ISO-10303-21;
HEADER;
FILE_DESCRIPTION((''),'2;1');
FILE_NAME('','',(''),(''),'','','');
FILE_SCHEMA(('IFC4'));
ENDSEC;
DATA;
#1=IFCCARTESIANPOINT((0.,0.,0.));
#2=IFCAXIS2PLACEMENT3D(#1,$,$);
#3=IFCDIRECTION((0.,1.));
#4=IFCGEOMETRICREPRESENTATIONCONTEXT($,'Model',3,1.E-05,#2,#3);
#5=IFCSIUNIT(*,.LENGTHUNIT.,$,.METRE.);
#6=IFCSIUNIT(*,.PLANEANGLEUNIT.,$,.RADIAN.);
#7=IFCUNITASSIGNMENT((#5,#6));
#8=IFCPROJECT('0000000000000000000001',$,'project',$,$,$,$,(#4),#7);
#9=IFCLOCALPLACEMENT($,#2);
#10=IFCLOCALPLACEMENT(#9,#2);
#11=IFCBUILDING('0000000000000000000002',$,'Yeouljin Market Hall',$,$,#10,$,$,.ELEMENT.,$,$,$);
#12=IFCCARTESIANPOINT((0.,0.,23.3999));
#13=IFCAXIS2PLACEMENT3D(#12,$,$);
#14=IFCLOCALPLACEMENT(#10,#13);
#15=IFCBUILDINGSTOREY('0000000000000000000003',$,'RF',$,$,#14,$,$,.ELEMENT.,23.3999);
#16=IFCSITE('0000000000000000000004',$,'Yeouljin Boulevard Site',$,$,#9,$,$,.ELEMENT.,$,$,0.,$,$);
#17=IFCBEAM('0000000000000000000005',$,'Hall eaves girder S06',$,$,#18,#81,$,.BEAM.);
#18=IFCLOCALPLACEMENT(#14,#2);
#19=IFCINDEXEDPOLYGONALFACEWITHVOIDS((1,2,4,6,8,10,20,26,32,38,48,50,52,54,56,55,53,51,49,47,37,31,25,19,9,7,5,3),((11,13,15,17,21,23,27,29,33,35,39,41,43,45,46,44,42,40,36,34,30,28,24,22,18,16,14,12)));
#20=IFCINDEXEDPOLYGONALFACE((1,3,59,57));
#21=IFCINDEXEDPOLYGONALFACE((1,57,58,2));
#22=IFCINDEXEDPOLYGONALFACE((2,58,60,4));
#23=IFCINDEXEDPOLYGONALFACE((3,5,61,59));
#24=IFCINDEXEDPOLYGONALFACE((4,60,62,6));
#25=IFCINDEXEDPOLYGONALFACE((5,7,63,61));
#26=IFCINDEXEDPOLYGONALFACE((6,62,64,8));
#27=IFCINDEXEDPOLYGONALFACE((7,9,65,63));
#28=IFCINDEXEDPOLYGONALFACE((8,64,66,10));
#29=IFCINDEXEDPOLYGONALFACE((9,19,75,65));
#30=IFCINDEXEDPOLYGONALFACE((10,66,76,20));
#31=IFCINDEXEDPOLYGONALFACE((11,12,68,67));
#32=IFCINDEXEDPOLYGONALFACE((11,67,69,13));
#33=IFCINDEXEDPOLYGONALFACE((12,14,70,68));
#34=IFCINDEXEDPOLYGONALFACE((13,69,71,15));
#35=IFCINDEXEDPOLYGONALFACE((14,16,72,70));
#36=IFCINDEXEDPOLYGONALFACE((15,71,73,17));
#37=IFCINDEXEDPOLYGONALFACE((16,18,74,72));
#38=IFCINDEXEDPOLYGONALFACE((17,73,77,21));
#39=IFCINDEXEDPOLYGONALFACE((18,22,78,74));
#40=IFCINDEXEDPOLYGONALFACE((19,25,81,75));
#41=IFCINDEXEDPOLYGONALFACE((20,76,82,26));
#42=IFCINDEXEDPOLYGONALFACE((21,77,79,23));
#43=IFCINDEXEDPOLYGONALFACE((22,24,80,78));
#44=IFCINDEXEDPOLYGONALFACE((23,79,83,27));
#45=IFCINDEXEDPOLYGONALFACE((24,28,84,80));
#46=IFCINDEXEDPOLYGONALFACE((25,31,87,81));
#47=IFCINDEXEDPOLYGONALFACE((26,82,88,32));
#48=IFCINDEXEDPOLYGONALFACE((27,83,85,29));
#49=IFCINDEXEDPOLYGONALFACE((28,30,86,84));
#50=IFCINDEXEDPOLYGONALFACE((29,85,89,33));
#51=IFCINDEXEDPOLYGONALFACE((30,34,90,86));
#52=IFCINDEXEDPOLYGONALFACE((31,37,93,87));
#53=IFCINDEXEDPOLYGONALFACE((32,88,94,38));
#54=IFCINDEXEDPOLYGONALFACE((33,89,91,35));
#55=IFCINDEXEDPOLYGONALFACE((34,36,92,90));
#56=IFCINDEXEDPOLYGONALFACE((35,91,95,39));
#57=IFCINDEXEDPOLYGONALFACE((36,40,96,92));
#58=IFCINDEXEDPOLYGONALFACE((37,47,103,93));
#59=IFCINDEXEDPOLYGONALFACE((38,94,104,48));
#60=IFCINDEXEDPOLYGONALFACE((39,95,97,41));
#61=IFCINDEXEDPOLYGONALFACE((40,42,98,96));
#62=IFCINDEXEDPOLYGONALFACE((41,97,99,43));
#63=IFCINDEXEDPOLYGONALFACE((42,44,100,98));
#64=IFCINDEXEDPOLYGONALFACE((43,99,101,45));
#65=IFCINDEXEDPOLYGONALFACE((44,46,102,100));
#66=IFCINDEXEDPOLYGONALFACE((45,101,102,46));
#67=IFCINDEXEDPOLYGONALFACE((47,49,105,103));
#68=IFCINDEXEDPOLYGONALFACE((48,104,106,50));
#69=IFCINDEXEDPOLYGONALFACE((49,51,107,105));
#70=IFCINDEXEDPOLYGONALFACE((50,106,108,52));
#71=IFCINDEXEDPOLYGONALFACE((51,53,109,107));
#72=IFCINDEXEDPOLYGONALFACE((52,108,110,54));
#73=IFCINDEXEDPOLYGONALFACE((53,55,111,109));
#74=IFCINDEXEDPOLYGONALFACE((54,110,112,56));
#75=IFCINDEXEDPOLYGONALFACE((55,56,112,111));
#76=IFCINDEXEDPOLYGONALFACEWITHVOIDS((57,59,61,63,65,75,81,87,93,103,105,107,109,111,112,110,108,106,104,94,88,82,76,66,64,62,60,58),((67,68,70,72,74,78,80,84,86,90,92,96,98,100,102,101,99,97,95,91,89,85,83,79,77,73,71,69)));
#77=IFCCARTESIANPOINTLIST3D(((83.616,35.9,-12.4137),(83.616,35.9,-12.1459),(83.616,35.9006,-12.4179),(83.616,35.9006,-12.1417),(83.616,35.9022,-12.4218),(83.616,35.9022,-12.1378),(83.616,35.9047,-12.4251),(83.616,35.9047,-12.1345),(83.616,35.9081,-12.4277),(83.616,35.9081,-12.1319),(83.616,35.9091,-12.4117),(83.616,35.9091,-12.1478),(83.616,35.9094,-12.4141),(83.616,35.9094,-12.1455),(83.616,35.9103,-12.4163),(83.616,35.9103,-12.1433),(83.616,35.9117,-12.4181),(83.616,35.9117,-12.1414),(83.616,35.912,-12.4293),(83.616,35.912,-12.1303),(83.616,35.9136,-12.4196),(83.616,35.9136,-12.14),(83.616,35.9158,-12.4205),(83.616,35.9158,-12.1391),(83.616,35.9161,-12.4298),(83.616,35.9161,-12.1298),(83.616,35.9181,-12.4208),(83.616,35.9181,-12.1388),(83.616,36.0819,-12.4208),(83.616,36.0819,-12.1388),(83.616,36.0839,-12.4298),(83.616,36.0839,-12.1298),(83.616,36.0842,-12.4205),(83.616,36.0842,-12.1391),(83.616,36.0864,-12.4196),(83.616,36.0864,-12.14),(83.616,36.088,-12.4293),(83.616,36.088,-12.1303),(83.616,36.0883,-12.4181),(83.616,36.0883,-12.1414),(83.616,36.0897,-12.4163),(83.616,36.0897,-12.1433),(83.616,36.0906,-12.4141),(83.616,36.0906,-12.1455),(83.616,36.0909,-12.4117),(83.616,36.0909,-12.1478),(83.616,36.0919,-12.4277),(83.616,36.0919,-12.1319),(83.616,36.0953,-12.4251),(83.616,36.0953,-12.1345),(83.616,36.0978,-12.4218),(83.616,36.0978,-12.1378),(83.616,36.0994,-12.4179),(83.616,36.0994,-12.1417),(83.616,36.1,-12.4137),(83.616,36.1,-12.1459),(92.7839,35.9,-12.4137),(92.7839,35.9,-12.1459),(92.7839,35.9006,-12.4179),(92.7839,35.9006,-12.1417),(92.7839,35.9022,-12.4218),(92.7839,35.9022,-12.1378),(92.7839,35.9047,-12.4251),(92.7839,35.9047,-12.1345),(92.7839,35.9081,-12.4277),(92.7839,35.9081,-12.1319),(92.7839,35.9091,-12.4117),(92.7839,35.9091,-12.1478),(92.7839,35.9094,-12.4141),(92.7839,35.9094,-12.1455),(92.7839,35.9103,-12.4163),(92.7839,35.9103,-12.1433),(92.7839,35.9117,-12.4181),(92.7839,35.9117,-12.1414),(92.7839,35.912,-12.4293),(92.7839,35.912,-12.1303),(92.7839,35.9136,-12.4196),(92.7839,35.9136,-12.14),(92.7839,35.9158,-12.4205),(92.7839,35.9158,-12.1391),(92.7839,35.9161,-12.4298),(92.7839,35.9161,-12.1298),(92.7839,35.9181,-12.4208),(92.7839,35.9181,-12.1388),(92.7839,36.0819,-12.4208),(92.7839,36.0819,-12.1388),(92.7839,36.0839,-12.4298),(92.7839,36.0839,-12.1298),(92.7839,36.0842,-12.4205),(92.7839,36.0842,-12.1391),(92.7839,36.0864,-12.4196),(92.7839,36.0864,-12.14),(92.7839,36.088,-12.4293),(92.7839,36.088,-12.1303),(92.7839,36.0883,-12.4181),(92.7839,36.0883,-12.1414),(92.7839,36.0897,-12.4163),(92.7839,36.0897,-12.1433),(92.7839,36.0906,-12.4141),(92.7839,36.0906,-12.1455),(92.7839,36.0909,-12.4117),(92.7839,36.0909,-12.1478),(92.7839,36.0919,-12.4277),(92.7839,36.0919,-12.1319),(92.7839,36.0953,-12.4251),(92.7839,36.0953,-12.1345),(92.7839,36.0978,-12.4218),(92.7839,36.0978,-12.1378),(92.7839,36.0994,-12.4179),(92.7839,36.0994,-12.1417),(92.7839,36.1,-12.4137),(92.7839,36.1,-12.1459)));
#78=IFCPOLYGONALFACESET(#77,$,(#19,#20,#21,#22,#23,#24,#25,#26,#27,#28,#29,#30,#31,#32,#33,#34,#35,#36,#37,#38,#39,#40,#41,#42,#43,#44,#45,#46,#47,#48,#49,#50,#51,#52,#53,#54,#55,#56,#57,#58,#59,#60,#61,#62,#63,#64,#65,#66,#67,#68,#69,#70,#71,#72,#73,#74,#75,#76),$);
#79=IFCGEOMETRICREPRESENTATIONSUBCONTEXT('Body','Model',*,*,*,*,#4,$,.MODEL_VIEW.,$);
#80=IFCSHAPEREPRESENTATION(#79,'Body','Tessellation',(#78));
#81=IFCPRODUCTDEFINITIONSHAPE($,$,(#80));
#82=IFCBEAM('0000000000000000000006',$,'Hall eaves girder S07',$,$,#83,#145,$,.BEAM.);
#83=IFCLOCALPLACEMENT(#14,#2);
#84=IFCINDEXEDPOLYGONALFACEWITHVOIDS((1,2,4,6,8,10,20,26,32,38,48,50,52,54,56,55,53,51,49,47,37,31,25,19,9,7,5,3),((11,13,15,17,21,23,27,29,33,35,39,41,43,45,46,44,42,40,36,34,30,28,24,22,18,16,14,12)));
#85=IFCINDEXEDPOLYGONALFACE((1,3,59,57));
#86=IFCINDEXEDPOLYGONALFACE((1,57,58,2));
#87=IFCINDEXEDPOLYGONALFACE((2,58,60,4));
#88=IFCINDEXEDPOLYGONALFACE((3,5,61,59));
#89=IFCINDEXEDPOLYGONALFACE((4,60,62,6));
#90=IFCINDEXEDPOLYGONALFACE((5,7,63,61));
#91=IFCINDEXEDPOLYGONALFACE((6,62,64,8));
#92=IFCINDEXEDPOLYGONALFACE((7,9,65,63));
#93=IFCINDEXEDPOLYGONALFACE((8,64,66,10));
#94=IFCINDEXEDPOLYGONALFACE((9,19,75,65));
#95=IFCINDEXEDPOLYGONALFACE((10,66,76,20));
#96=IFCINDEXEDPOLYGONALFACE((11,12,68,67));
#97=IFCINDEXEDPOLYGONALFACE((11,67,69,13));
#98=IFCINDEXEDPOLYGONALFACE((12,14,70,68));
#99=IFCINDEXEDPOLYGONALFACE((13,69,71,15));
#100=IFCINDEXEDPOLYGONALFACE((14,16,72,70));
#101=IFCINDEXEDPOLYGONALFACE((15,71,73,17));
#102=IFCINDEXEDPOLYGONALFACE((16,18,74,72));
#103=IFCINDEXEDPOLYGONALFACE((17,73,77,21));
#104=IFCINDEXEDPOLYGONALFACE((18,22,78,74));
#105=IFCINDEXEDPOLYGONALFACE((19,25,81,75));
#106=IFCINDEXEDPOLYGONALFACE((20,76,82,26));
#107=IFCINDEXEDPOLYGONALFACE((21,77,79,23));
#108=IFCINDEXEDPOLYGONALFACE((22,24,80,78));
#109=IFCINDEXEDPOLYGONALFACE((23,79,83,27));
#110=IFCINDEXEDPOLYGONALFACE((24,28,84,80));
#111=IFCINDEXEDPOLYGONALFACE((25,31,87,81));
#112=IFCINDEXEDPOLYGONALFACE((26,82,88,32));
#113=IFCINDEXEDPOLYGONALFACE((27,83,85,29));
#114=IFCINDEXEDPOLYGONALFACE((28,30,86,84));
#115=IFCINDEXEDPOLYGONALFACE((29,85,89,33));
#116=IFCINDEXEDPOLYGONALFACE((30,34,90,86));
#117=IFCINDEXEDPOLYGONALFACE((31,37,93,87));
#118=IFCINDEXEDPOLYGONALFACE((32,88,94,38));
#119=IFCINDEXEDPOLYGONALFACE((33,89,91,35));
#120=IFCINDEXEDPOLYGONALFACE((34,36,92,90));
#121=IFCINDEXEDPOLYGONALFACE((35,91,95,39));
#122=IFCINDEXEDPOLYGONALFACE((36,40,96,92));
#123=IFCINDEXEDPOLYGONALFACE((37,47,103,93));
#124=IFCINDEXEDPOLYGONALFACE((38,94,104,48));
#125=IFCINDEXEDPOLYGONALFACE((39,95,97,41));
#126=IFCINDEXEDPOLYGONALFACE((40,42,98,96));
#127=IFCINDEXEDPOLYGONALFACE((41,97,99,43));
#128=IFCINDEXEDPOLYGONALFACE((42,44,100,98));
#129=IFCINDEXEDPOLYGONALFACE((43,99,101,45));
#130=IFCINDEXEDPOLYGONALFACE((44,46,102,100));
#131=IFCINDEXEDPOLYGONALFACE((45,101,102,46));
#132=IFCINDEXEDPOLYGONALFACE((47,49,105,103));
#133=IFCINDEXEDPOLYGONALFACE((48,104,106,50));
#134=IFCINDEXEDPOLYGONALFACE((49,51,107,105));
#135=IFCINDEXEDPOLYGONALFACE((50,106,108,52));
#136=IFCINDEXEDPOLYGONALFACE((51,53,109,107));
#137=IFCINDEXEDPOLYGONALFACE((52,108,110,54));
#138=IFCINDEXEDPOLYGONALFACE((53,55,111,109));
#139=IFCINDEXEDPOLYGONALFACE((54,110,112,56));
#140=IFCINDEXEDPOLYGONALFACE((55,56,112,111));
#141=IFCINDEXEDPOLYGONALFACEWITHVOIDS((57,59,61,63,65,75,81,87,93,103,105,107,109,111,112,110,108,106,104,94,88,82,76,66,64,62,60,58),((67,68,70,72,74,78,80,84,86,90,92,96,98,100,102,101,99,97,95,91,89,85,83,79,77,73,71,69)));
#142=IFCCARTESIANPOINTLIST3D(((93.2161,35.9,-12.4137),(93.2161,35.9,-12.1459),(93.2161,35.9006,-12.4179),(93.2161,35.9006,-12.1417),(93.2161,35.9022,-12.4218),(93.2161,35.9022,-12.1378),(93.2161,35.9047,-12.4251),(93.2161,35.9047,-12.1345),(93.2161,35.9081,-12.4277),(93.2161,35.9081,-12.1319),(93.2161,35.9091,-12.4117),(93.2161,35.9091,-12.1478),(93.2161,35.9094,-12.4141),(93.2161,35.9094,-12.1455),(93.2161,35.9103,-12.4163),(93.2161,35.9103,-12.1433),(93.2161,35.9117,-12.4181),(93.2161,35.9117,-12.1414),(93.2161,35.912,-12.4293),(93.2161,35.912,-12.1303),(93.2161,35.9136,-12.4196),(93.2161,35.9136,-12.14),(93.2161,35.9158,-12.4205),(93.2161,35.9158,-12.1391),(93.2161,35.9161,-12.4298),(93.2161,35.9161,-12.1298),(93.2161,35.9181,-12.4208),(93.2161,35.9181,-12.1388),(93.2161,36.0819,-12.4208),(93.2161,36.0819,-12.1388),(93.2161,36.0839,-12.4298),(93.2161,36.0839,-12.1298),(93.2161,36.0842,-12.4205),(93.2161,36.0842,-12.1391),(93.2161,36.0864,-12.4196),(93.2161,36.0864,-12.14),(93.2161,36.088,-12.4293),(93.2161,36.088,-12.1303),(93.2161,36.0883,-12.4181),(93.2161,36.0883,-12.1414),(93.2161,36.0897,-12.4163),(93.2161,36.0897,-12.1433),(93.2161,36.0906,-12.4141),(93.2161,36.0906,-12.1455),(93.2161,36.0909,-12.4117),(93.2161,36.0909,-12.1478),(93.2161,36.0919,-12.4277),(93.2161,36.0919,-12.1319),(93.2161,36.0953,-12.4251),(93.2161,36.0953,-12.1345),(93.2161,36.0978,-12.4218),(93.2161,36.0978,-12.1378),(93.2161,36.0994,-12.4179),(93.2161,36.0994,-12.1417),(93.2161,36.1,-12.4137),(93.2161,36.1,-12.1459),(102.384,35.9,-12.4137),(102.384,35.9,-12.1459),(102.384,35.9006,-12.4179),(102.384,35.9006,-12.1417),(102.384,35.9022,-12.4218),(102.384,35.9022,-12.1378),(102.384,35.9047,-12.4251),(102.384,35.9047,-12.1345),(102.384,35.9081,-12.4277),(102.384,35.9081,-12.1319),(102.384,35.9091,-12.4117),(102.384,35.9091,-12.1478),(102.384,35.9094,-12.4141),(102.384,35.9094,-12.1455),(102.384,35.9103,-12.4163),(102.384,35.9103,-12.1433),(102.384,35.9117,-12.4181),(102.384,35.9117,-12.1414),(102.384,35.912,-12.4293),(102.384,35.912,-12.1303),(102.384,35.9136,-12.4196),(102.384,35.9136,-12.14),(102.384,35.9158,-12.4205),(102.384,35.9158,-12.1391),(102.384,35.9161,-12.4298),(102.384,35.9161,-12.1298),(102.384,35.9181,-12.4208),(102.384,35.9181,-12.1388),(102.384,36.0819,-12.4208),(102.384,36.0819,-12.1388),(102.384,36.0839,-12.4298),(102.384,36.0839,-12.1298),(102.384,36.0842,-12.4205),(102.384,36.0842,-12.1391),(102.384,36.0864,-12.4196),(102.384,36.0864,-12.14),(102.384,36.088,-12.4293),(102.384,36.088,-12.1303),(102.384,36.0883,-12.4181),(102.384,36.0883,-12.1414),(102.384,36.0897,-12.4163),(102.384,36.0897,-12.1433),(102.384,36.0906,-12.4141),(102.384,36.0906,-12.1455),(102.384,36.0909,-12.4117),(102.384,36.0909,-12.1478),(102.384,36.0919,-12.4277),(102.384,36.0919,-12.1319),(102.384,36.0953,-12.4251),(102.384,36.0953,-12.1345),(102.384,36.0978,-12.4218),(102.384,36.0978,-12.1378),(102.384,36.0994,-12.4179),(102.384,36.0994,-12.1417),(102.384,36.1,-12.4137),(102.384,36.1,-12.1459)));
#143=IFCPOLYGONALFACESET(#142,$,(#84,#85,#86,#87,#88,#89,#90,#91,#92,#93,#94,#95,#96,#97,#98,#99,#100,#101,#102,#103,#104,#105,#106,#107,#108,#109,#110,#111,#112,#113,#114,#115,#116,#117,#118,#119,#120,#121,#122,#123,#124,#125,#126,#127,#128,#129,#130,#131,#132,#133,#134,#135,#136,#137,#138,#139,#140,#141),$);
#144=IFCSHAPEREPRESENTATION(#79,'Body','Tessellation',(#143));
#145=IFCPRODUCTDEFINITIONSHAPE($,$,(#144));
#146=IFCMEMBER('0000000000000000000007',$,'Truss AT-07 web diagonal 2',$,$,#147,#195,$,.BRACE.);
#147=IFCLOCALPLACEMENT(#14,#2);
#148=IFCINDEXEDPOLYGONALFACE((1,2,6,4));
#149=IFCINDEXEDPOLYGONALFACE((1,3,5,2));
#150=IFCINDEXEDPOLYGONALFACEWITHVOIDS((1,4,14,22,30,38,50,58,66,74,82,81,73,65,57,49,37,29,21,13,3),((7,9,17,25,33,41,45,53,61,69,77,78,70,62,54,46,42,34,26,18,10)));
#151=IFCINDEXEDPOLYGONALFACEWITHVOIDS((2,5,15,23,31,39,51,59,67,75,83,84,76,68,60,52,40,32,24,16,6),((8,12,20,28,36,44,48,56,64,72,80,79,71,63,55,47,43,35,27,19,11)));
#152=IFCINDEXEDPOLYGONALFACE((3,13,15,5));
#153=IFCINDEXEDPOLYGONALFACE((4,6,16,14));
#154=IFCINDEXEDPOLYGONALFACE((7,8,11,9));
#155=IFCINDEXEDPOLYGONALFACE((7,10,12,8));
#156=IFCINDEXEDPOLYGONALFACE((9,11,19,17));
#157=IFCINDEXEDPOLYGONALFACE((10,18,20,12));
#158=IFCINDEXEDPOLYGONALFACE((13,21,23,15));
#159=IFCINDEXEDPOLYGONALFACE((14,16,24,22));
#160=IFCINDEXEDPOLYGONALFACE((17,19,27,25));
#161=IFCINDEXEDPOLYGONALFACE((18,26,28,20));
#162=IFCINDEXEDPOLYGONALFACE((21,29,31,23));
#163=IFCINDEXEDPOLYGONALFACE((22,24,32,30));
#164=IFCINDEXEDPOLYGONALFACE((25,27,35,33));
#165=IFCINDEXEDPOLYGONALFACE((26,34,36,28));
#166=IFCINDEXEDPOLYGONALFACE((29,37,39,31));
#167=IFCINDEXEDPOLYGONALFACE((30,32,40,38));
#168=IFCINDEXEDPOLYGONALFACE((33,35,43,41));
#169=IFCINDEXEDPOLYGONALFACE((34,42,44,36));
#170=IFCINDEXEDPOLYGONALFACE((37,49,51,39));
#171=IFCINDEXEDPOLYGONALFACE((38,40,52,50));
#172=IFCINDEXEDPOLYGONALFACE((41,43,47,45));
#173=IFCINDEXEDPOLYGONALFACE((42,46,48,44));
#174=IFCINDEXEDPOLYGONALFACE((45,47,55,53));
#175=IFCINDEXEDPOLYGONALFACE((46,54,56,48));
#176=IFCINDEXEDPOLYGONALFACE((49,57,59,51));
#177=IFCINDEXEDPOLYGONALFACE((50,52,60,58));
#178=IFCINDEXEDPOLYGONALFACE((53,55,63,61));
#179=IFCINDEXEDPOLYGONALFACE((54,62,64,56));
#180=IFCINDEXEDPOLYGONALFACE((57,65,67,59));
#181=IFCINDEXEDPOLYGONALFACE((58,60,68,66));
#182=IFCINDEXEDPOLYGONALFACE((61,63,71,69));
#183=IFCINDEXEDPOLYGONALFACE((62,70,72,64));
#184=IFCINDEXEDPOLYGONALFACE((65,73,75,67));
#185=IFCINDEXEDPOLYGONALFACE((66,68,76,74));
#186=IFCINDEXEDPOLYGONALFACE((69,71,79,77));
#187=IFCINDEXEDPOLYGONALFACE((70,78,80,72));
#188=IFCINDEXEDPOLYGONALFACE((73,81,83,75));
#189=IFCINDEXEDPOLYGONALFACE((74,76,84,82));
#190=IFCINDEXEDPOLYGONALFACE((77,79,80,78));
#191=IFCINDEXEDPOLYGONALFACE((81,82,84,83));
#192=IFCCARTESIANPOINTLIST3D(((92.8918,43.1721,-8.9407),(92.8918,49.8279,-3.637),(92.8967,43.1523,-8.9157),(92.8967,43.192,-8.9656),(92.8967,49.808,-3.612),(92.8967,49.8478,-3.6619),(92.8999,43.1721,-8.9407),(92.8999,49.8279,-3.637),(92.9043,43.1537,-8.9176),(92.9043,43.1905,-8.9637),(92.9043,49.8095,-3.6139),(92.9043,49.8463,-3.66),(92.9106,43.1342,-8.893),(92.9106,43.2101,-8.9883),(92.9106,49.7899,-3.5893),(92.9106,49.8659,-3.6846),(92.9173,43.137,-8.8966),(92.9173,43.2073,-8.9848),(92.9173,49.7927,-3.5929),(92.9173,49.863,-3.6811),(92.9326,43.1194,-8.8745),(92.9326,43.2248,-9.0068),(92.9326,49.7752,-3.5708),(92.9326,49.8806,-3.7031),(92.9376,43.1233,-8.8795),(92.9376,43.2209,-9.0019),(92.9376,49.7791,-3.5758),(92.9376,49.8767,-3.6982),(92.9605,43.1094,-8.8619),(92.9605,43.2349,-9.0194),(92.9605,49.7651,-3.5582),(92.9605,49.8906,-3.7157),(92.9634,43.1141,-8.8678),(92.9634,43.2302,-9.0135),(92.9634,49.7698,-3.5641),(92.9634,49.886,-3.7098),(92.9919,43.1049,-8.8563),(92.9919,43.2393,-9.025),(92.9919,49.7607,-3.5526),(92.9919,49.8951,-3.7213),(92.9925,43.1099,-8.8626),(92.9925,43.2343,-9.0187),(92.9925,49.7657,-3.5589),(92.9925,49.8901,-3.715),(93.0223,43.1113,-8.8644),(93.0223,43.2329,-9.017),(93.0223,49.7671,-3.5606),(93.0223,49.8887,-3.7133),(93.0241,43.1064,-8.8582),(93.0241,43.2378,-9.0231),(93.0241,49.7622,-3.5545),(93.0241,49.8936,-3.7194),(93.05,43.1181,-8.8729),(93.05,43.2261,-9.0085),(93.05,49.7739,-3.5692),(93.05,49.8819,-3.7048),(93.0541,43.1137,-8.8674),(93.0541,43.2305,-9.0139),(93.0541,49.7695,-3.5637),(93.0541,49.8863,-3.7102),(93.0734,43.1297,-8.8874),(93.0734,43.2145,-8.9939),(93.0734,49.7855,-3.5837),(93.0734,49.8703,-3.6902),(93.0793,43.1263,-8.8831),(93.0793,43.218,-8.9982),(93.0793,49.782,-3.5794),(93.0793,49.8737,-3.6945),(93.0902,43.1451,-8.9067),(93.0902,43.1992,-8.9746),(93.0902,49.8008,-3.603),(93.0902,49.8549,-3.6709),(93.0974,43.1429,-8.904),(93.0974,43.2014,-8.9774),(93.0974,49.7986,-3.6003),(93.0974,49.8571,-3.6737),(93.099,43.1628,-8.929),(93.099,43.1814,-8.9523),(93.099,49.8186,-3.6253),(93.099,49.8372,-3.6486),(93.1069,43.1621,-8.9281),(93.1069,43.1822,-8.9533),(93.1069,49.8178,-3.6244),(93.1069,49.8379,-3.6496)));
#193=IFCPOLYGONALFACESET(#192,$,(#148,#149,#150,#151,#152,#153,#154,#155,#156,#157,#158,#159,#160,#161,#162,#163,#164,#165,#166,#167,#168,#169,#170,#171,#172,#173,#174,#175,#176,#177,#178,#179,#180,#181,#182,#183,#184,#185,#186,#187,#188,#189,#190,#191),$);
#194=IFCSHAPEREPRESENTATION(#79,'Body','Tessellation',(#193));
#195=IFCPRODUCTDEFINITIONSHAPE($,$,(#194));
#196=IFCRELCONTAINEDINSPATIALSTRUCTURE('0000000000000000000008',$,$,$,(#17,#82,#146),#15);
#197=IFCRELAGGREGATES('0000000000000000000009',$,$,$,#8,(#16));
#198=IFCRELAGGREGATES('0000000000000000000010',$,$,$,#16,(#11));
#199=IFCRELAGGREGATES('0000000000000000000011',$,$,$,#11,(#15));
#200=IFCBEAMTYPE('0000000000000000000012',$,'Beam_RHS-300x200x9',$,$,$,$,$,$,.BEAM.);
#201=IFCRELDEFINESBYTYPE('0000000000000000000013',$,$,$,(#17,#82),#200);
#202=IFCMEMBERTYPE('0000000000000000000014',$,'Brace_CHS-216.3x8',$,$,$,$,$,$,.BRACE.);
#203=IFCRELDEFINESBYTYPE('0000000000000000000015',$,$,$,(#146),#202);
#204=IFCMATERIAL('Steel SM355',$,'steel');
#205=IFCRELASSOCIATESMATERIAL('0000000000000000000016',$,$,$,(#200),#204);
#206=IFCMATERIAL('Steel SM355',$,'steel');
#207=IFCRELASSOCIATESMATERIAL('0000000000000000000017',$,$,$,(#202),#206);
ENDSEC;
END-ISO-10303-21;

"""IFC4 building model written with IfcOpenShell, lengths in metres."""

from ifc_helpers import new_model, si_unit, direction, frame, origin, origin_2d, place, context, subcontext, project, spatial, hollow_rectangle, hollow_circle, extrude, material, material_profile, profile_set, type_object, element, save


model = new_model("IFC4")

# Units and contexts
model_context = context("Model", 3, precision=1e-05, world=origin(), true_north=direction((0.0, 1.0)))
body_context = subcontext(model_context, "Body", "Model", "MODEL_VIEW")
ifc_project = project(units=[si_unit("LENGTHUNIT", "METRE"), si_unit("PLANEANGLEUNIT", "RADIAN")], contexts=[model_context])

# Site, building, storey
site_placement = place(None, origin())
site = spatial("IfcSite", under=ifc_project, at=site_placement, Name="Yeouljin Boulevard Site", CompositionType="ELEMENT", RefElevation=0.0)
building_placement = place(site_placement, origin())
building = spatial("IfcBuilding", under=site, at=building_placement, Name="Yeouljin Market Hall", CompositionType="ELEMENT")
storey_placement = place(building_placement, frame((0.0, 0.0, 23.3999)))
storey = spatial("IfcBuildingStorey", under=building, at=storey_placement, Name="RF", CompositionType="ELEMENT", Elevation=23.3999)

# Beams
ifc_material_1 = material(Name="Steel SM355", Category="steel")
ifc_material_profile_1 = material_profile(ifc_material_1, hollow_rectangle(XDim=0.2, YDim=0.3, WallThickness=0.009, InnerFilletRadius=0.009, OuterFilletRadius=0.0161, at=origin_2d()), Name="RHS-300x200x9")
ifc_profile_set_1 = profile_set([ifc_material_profile_1], Name="Steel SM355")
beam_type_1 = type_object("IfcBeamType", Name="Beam_RHS-300x200x9", PredefinedType="BEAM", material=ifc_profile_set_1)
for number, where, z_axis, x_axis, name in (
    (1, (83.616, 36.0, -12.2798), (1.0, 0.0, 0.0), (0.0, 1.0, 0.0), "Hall eaves girder S06"),
    (2, (93.2161, 36.0, -12.2798), (1.0, 0.0, 0.0), (0.0, 1.0, 0.0), "Hall eaves girder S07"),
):
    element("IfcBeam", number, at=place(storey_placement, frame(where, z_axis=z_axis, x_axis=x_axis)), inside=storey, type_object=beam_type_1, Name=name, PredefinedType="BEAM", context=body_context, shape_type="SweptSolid", body=[
        extrude(hollow_rectangle(XDim=0.2, YDim=0.3, WallThickness=0.009, InnerFilletRadius=0.009, OuterFilletRadius=0.0161, at=origin_2d()), origin(), (0.0, 0.0, 1.0), 9.168),
    ])

# Member
ifc_material_2 = material(Name="Steel SM355", Category="steel")
ifc_material_profile_2 = material_profile(ifc_material_2, hollow_circle(Radius=0.1082, WallThickness=0.0081, at=origin_2d()), Name="CHS-216.3x8")
ifc_profile_set_2 = profile_set([ifc_material_profile_2], Name="Steel SM355")
member_type_1 = type_object("IfcMemberType", Name="Brace_CHS-216.3x8", PredefinedType="BRACE", material=ifc_profile_set_2)
member_1_placement = place(storey_placement, frame((93.0, 43.1721, -8.9407), z_axis=(0.0, 0.782065, 0.623197), x_axis=(-1.0, 0.0, 0.0)))
element("IfcMember", 3, at=member_1_placement, inside=storey, type_object=member_type_1, Name="Truss AT-07 web diagonal 2", PredefinedType="BRACE", context=body_context, shape_type="SweptSolid", body=[
    extrude(hollow_circle(Radius=0.1082, WallThickness=0.0081, at=origin_2d()), origin(), (0.0, 0.0, 1.0), 8.5105),
])

save(model, "model.ifc")
